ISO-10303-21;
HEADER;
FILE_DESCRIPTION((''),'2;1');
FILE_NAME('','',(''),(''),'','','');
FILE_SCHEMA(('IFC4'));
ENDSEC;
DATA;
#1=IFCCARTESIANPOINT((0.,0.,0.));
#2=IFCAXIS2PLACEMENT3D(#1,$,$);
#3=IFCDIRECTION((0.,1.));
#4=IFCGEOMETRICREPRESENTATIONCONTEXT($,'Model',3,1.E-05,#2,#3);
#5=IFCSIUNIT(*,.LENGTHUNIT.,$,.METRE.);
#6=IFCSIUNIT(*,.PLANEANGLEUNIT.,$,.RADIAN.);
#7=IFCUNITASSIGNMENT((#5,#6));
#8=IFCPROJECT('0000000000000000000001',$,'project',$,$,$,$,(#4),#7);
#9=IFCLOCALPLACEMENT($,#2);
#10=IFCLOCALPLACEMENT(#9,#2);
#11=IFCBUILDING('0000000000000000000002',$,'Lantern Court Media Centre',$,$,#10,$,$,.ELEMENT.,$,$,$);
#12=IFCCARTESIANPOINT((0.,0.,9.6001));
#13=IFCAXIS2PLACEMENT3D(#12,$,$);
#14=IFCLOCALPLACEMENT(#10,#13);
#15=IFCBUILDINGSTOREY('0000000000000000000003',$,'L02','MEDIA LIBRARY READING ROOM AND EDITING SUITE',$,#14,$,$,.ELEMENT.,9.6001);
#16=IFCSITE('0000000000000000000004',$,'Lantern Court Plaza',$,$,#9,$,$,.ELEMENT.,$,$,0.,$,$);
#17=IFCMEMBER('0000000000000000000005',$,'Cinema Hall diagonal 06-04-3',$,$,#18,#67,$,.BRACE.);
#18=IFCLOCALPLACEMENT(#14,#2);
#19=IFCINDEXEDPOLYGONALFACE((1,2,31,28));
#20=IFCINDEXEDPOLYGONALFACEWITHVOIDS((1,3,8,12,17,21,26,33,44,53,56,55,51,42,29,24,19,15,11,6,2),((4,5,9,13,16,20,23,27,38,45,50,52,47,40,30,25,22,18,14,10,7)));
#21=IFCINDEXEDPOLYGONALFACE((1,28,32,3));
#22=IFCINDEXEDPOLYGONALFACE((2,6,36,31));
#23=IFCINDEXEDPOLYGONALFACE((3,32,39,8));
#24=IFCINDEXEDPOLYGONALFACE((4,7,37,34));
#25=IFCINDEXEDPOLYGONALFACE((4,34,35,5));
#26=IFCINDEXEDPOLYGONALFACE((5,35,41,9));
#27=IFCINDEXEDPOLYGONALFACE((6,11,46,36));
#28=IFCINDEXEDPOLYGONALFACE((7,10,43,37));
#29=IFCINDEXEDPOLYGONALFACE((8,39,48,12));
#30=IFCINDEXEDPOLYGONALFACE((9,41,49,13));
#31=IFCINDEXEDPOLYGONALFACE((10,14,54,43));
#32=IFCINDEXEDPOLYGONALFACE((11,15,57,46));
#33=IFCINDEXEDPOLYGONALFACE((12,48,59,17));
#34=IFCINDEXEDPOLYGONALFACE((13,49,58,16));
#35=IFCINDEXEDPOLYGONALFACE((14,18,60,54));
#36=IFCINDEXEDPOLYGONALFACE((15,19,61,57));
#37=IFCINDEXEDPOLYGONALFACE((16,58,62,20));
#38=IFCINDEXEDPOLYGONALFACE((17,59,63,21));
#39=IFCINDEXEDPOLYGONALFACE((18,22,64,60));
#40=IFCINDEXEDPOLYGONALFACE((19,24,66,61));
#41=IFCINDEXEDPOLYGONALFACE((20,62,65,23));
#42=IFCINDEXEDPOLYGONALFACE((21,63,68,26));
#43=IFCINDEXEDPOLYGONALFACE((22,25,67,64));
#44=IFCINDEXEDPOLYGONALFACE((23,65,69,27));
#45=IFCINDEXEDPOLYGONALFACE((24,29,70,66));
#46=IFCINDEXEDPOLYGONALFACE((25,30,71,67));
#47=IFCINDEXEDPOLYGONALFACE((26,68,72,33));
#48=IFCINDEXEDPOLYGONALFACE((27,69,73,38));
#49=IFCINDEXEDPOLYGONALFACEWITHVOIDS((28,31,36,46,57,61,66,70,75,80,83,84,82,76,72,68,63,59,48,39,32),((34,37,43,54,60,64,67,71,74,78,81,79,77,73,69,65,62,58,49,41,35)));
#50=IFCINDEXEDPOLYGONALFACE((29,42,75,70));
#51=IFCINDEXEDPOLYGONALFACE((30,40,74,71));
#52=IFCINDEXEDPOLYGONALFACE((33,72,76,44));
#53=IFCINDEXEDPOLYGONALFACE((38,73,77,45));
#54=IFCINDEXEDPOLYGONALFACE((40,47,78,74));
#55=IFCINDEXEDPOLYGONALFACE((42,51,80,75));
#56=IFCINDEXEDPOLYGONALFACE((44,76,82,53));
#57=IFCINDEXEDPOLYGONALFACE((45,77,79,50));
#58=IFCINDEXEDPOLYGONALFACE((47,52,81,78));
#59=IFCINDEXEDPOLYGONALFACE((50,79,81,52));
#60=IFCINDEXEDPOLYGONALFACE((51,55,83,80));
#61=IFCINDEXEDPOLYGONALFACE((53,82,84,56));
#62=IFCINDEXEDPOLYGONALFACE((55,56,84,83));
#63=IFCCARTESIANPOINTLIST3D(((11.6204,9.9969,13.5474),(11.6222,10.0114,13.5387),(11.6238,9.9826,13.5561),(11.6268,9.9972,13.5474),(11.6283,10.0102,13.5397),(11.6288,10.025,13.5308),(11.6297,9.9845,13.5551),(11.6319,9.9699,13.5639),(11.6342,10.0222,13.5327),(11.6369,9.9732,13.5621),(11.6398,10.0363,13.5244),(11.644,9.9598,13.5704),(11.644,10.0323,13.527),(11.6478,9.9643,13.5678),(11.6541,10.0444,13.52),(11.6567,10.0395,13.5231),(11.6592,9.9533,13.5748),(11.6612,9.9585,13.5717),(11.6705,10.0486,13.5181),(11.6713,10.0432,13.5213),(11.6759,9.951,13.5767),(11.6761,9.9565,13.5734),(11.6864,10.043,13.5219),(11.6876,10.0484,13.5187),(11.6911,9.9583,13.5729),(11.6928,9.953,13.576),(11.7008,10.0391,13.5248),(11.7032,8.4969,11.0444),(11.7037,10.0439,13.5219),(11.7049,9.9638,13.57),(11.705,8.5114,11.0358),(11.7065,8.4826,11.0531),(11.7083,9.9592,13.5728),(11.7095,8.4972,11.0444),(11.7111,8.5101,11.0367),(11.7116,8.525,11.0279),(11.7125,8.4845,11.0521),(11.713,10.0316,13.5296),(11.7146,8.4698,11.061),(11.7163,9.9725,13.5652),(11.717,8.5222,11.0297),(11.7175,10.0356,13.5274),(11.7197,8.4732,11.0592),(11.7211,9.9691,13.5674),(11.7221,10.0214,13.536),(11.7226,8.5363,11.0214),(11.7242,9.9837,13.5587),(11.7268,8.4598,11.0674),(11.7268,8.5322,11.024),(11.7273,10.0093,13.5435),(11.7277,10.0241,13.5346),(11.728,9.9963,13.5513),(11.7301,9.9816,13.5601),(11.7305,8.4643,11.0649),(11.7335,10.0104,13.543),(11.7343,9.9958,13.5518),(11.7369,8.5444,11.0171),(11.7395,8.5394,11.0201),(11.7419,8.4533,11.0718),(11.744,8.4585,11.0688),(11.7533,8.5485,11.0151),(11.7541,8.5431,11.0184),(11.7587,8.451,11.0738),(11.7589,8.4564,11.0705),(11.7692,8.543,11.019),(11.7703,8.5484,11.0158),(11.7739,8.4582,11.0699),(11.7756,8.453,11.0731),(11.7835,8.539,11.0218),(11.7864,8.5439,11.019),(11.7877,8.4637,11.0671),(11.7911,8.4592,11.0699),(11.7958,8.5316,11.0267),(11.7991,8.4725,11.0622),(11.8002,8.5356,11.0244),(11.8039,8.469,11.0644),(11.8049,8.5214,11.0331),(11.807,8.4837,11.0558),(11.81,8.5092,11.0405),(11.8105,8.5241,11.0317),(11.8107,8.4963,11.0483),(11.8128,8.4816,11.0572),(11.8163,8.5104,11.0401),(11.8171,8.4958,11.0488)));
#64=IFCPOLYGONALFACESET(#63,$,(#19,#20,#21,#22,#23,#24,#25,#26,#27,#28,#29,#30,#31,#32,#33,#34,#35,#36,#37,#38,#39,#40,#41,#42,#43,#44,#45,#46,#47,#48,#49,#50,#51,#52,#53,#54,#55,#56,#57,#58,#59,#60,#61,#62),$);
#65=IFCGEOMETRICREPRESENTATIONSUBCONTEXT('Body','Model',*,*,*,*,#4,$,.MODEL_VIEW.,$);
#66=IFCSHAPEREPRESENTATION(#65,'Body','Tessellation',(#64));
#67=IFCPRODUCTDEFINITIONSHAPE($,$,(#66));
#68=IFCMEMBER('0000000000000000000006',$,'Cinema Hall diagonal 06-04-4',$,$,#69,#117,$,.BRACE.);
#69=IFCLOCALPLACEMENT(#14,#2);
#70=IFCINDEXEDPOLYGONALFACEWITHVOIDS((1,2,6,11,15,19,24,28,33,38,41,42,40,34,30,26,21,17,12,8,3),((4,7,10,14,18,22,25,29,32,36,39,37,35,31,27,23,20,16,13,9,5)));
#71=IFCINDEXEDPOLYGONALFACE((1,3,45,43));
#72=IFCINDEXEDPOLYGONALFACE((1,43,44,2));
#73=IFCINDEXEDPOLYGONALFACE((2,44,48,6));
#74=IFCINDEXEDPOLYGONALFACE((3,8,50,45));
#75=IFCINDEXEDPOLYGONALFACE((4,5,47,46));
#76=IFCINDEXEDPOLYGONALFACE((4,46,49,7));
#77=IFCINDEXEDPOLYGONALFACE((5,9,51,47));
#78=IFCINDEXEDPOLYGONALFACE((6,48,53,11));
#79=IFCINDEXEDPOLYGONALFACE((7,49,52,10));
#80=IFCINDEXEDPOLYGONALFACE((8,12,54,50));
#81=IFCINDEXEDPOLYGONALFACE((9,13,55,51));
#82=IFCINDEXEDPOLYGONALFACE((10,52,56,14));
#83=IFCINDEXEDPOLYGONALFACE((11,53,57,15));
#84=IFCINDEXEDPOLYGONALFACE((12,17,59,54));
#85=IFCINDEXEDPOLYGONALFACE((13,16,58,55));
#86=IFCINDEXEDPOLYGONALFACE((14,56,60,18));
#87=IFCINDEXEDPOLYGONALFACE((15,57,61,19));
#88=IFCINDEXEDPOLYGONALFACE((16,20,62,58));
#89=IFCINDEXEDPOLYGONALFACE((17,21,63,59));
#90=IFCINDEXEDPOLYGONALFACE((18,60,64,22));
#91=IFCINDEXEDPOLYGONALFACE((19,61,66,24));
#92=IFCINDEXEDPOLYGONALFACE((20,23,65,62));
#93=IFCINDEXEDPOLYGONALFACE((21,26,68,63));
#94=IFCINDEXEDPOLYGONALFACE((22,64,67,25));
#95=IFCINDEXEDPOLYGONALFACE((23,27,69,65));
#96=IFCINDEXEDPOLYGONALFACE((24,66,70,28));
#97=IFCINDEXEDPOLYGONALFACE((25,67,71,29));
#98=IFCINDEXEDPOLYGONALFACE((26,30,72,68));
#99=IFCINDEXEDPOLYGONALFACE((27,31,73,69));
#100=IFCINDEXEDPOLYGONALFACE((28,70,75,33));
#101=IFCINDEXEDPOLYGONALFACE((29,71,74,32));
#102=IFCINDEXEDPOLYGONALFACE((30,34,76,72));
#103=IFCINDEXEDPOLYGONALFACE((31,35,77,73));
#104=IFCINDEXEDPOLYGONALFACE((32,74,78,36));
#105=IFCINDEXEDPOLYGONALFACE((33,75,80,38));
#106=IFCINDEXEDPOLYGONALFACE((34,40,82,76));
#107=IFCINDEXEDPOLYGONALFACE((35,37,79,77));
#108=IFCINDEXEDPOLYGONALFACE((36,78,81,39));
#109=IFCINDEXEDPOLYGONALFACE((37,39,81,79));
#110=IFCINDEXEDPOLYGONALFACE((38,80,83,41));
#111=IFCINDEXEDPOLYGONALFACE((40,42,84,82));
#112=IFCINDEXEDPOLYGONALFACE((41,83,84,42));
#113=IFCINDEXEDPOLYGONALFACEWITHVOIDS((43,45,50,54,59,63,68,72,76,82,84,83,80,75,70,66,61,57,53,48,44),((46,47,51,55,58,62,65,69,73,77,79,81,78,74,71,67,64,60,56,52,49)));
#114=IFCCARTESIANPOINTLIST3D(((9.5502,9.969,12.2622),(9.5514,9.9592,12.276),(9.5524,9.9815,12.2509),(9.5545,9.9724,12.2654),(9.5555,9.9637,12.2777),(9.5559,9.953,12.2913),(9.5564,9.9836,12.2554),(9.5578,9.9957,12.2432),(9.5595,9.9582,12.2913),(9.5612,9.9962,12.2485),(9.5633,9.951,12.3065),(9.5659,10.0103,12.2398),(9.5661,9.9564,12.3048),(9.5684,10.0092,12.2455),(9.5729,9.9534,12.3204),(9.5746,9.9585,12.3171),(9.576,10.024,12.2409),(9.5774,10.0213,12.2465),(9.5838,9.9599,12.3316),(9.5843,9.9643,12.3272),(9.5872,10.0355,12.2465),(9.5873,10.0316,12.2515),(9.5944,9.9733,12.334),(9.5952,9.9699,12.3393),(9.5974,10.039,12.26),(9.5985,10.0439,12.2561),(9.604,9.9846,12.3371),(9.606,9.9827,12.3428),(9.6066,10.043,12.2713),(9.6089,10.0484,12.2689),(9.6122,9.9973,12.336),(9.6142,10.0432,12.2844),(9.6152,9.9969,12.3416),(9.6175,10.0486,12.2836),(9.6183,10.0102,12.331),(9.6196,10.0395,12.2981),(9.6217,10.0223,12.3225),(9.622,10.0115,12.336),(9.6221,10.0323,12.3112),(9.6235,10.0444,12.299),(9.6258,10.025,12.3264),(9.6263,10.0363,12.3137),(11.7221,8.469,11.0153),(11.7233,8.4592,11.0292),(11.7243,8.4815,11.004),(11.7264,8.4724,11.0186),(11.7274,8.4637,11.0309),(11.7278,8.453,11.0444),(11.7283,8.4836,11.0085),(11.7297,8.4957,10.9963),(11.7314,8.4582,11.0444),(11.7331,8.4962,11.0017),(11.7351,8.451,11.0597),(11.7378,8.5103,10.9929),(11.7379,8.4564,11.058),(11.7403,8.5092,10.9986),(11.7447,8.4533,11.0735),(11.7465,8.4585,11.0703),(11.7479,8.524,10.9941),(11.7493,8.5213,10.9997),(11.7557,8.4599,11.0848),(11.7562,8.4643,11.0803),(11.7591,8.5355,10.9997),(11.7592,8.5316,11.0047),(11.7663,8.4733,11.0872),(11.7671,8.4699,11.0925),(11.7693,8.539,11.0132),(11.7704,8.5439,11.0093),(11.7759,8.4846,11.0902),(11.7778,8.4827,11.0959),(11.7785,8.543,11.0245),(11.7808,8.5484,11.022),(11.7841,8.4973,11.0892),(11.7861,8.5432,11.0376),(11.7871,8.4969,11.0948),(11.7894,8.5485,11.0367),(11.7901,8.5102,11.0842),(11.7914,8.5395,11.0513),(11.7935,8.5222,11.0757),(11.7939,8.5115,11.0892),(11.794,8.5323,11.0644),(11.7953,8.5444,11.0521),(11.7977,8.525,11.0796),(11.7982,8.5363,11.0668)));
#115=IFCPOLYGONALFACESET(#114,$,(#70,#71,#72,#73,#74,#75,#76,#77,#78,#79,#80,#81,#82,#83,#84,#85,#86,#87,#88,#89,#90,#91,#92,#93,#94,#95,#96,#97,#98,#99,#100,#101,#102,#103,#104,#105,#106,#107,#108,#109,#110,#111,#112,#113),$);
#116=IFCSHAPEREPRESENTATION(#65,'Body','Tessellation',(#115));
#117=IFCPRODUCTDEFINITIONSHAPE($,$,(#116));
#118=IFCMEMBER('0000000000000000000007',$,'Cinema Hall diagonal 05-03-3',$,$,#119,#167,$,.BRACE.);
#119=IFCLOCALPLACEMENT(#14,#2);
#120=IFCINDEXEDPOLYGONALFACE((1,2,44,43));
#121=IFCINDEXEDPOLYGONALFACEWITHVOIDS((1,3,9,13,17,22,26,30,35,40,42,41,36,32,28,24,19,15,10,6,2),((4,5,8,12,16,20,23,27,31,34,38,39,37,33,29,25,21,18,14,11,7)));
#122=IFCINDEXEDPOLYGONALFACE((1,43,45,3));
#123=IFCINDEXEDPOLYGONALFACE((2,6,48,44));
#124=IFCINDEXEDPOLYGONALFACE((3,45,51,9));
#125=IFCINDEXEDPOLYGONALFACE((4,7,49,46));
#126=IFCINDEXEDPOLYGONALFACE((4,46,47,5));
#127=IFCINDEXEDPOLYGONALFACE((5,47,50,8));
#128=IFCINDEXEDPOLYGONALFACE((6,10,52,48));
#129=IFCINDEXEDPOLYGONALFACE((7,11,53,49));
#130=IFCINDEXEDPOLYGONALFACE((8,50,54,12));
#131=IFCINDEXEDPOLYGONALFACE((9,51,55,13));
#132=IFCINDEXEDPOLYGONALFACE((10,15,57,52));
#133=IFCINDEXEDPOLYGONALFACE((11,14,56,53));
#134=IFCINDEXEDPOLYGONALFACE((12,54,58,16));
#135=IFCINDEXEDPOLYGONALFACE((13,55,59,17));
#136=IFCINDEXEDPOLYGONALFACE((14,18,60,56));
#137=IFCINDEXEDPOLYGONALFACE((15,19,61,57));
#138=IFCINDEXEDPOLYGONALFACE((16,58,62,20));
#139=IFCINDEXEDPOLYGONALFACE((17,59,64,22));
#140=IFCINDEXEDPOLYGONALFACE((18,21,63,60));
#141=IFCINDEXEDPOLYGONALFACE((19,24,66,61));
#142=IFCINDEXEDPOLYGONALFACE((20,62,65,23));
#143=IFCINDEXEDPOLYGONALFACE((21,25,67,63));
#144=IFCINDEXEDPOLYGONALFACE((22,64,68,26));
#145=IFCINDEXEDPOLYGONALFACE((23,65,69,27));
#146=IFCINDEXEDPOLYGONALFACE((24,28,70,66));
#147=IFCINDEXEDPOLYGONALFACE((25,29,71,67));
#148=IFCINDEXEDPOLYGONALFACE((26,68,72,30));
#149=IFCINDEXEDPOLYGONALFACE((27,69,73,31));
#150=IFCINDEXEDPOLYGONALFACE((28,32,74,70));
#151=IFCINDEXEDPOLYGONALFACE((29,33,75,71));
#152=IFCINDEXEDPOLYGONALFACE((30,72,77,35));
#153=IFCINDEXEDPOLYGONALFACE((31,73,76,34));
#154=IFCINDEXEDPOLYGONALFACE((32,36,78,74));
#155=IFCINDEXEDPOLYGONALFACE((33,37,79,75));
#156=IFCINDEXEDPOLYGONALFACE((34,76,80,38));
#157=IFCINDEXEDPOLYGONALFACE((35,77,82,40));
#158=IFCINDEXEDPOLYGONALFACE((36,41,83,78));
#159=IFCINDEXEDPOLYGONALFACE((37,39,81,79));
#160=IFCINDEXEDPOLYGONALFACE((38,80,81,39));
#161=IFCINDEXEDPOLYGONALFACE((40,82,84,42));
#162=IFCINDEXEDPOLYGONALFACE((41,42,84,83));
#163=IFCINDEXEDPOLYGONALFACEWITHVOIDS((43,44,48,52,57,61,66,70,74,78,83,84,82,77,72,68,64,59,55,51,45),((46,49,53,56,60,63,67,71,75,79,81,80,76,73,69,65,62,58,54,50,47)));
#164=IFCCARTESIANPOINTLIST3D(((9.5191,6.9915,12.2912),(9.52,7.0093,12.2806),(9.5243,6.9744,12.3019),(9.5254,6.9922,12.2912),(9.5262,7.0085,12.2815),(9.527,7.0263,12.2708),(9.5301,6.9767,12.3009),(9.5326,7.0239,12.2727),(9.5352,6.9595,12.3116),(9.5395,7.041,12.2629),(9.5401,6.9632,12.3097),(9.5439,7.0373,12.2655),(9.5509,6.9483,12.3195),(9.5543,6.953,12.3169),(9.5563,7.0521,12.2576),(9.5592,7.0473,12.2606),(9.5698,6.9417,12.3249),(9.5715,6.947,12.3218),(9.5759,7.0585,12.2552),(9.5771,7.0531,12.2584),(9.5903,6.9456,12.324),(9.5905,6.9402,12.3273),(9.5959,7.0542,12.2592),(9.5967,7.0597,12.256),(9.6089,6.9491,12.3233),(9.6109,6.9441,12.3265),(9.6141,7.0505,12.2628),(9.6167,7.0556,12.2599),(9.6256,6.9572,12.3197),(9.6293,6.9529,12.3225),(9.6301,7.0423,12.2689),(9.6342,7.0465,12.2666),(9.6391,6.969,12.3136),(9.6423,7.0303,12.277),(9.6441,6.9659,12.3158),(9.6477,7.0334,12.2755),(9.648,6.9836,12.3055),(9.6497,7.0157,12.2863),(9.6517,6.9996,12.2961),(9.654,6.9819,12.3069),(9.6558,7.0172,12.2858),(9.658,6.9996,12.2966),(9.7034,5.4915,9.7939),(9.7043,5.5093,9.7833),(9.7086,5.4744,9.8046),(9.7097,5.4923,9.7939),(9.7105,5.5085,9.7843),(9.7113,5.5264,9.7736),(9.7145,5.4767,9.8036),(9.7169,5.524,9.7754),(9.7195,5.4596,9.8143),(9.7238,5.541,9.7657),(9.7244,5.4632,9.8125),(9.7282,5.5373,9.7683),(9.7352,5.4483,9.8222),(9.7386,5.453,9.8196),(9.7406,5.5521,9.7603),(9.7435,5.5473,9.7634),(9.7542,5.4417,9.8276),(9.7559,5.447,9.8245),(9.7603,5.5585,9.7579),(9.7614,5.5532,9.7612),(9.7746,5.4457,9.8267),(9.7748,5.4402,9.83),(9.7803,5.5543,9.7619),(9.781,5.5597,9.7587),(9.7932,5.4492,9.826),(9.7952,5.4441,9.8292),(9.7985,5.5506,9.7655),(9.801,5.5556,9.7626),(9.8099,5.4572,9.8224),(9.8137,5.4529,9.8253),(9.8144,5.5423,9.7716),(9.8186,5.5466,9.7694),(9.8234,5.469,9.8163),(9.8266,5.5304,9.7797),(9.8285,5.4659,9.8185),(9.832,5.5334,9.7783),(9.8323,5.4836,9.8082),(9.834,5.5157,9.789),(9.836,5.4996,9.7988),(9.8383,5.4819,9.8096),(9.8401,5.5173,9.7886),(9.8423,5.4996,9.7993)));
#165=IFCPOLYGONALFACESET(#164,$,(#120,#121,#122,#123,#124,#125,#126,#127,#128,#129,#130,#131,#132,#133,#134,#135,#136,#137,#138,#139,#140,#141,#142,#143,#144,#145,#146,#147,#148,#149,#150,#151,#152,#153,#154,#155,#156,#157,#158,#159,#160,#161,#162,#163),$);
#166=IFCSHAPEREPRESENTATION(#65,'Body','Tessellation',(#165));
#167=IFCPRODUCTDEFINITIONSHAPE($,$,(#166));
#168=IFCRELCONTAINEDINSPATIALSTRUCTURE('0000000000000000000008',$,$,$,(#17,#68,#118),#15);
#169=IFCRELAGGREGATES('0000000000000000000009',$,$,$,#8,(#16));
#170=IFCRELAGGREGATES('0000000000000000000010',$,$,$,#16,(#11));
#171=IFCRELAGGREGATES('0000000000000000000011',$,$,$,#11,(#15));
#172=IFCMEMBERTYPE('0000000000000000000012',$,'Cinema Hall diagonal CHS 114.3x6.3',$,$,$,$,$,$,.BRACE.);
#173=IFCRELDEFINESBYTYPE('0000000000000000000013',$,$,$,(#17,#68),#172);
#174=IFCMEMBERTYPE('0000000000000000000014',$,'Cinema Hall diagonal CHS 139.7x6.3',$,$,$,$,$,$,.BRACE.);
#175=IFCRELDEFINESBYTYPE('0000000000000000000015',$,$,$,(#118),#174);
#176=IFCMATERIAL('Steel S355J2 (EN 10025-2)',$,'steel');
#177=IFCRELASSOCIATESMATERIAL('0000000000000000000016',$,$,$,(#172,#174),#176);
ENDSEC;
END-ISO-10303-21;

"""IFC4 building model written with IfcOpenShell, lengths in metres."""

from ifc_helpers import new_model, si_unit, direction, frame, origin, origin_2d, place, context, subcontext, project, spatial, hollow_circle, extrude, material, material_profile, profile_set, type_object, element, save


model = new_model("IFC4")

# Units and contexts
model_context = context("Model", 3, precision=1e-05, world=origin(), true_north=direction((0.0, 1.0)))
body_context = subcontext(model_context, "Body", "Model", "MODEL_VIEW")
ifc_project = project(units=[si_unit("LENGTHUNIT", "METRE"), si_unit("PLANEANGLEUNIT", "RADIAN")], contexts=[model_context])

# Site, building, storey
site_placement = place(None, origin())
site = spatial("IfcSite", under=ifc_project, at=site_placement, Name="Lantern Court Plaza", CompositionType="ELEMENT", RefElevation=0.0)
building_placement = place(site_placement, origin())
building = spatial("IfcBuilding", under=site, at=building_placement, Name="Lantern Court Media Centre", CompositionType="ELEMENT")
storey_placement = place(building_placement, frame((0.0, 0.0, 9.6001)))
storey = spatial("IfcBuildingStorey", under=building, at=storey_placement, Name="L02", Description="MEDIA LIBRARY READING ROOM AND EDITING SUITE", CompositionType="ELEMENT", Elevation=9.6001)

# Members
ifc_material = material(Name="Steel S355J2 (EN 10025-2)", Category="steel")
ifc_material_profile_1 = material_profile(ifc_material, hollow_circle(Radius=0.0571, WallThickness=0.0063, at=origin_2d()), Name="Cinema Hall diagonal CHS 114.3x6.3")
ifc_profile_set_1 = profile_set([ifc_material_profile_1], Name="Steel S355J2 (EN 10025-2)")
member_type_1 = type_object("IfcMemberType", Name="Cinema Hall diagonal CHS 114.3x6.3", PredefinedType="BRACE", material=ifc_profile_set_1)
for number, where, z_axis, x_axis, name in (
    (1, (11.7603, 8.5, 11.0444), (-0.028352, 0.513846, 0.857414), (-0.998481, -0.055092, 0.0), "Cinema Hall diagonal 06-04-3"),
    (2, (11.7603, 8.5, 11.0444), (-0.744002, 0.513843, 0.427115), (-0.568286, -0.822831, 0.0), "Cinema Hall diagonal 06-04-4"),
):
    element("IfcMember", number, at=place(storey_placement, frame(where, z_axis=z_axis, x_axis=x_axis)), inside=storey, type_object=member_type_1, Name=name, PredefinedType="BRACE", context=body_context, shape_type="SweptSolid", body=[
        extrude(hollow_circle(Radius=0.0571, WallThickness=0.0063, at=origin_2d()), origin(), (0.0, 0.0, 1.0), 2.9192),
    ])
ifc_material_profile_2 = material_profile(ifc_material, hollow_circle(Radius=0.0698, WallThickness=0.0063, at=origin_2d()), Name="Cinema Hall diagonal CHS 139.7x6.3")
ifc_profile_set_2 = profile_set([ifc_material_profile_2], Name="Steel S355J2 (EN 10025-2)")
member_type_2 = type_object("IfcMemberType", Name="Cinema Hall diagonal CHS 139.7x6.3", PredefinedType="BRACE", material=ifc_profile_set_2)
member_1_placement = place(storey_placement, frame((9.7727, 5.5, 9.7939), z_axis=(-0.063147, 0.513875, 0.855538), x_axis=(-0.992534, -0.121967, 0.0)))
element("IfcMember", 3, at=member_1_placement, inside=storey, type_object=member_type_2, Name="Cinema Hall diagonal 05-03-3", PredefinedType="BRACE", context=body_context, shape_type="SweptSolid", body=[
    extrude(hollow_circle(Radius=0.0698, WallThickness=0.0063, at=origin_2d()), origin(), (0.0, 0.0, 1.0), 2.9189),
])

save(model, "model.ifc")
